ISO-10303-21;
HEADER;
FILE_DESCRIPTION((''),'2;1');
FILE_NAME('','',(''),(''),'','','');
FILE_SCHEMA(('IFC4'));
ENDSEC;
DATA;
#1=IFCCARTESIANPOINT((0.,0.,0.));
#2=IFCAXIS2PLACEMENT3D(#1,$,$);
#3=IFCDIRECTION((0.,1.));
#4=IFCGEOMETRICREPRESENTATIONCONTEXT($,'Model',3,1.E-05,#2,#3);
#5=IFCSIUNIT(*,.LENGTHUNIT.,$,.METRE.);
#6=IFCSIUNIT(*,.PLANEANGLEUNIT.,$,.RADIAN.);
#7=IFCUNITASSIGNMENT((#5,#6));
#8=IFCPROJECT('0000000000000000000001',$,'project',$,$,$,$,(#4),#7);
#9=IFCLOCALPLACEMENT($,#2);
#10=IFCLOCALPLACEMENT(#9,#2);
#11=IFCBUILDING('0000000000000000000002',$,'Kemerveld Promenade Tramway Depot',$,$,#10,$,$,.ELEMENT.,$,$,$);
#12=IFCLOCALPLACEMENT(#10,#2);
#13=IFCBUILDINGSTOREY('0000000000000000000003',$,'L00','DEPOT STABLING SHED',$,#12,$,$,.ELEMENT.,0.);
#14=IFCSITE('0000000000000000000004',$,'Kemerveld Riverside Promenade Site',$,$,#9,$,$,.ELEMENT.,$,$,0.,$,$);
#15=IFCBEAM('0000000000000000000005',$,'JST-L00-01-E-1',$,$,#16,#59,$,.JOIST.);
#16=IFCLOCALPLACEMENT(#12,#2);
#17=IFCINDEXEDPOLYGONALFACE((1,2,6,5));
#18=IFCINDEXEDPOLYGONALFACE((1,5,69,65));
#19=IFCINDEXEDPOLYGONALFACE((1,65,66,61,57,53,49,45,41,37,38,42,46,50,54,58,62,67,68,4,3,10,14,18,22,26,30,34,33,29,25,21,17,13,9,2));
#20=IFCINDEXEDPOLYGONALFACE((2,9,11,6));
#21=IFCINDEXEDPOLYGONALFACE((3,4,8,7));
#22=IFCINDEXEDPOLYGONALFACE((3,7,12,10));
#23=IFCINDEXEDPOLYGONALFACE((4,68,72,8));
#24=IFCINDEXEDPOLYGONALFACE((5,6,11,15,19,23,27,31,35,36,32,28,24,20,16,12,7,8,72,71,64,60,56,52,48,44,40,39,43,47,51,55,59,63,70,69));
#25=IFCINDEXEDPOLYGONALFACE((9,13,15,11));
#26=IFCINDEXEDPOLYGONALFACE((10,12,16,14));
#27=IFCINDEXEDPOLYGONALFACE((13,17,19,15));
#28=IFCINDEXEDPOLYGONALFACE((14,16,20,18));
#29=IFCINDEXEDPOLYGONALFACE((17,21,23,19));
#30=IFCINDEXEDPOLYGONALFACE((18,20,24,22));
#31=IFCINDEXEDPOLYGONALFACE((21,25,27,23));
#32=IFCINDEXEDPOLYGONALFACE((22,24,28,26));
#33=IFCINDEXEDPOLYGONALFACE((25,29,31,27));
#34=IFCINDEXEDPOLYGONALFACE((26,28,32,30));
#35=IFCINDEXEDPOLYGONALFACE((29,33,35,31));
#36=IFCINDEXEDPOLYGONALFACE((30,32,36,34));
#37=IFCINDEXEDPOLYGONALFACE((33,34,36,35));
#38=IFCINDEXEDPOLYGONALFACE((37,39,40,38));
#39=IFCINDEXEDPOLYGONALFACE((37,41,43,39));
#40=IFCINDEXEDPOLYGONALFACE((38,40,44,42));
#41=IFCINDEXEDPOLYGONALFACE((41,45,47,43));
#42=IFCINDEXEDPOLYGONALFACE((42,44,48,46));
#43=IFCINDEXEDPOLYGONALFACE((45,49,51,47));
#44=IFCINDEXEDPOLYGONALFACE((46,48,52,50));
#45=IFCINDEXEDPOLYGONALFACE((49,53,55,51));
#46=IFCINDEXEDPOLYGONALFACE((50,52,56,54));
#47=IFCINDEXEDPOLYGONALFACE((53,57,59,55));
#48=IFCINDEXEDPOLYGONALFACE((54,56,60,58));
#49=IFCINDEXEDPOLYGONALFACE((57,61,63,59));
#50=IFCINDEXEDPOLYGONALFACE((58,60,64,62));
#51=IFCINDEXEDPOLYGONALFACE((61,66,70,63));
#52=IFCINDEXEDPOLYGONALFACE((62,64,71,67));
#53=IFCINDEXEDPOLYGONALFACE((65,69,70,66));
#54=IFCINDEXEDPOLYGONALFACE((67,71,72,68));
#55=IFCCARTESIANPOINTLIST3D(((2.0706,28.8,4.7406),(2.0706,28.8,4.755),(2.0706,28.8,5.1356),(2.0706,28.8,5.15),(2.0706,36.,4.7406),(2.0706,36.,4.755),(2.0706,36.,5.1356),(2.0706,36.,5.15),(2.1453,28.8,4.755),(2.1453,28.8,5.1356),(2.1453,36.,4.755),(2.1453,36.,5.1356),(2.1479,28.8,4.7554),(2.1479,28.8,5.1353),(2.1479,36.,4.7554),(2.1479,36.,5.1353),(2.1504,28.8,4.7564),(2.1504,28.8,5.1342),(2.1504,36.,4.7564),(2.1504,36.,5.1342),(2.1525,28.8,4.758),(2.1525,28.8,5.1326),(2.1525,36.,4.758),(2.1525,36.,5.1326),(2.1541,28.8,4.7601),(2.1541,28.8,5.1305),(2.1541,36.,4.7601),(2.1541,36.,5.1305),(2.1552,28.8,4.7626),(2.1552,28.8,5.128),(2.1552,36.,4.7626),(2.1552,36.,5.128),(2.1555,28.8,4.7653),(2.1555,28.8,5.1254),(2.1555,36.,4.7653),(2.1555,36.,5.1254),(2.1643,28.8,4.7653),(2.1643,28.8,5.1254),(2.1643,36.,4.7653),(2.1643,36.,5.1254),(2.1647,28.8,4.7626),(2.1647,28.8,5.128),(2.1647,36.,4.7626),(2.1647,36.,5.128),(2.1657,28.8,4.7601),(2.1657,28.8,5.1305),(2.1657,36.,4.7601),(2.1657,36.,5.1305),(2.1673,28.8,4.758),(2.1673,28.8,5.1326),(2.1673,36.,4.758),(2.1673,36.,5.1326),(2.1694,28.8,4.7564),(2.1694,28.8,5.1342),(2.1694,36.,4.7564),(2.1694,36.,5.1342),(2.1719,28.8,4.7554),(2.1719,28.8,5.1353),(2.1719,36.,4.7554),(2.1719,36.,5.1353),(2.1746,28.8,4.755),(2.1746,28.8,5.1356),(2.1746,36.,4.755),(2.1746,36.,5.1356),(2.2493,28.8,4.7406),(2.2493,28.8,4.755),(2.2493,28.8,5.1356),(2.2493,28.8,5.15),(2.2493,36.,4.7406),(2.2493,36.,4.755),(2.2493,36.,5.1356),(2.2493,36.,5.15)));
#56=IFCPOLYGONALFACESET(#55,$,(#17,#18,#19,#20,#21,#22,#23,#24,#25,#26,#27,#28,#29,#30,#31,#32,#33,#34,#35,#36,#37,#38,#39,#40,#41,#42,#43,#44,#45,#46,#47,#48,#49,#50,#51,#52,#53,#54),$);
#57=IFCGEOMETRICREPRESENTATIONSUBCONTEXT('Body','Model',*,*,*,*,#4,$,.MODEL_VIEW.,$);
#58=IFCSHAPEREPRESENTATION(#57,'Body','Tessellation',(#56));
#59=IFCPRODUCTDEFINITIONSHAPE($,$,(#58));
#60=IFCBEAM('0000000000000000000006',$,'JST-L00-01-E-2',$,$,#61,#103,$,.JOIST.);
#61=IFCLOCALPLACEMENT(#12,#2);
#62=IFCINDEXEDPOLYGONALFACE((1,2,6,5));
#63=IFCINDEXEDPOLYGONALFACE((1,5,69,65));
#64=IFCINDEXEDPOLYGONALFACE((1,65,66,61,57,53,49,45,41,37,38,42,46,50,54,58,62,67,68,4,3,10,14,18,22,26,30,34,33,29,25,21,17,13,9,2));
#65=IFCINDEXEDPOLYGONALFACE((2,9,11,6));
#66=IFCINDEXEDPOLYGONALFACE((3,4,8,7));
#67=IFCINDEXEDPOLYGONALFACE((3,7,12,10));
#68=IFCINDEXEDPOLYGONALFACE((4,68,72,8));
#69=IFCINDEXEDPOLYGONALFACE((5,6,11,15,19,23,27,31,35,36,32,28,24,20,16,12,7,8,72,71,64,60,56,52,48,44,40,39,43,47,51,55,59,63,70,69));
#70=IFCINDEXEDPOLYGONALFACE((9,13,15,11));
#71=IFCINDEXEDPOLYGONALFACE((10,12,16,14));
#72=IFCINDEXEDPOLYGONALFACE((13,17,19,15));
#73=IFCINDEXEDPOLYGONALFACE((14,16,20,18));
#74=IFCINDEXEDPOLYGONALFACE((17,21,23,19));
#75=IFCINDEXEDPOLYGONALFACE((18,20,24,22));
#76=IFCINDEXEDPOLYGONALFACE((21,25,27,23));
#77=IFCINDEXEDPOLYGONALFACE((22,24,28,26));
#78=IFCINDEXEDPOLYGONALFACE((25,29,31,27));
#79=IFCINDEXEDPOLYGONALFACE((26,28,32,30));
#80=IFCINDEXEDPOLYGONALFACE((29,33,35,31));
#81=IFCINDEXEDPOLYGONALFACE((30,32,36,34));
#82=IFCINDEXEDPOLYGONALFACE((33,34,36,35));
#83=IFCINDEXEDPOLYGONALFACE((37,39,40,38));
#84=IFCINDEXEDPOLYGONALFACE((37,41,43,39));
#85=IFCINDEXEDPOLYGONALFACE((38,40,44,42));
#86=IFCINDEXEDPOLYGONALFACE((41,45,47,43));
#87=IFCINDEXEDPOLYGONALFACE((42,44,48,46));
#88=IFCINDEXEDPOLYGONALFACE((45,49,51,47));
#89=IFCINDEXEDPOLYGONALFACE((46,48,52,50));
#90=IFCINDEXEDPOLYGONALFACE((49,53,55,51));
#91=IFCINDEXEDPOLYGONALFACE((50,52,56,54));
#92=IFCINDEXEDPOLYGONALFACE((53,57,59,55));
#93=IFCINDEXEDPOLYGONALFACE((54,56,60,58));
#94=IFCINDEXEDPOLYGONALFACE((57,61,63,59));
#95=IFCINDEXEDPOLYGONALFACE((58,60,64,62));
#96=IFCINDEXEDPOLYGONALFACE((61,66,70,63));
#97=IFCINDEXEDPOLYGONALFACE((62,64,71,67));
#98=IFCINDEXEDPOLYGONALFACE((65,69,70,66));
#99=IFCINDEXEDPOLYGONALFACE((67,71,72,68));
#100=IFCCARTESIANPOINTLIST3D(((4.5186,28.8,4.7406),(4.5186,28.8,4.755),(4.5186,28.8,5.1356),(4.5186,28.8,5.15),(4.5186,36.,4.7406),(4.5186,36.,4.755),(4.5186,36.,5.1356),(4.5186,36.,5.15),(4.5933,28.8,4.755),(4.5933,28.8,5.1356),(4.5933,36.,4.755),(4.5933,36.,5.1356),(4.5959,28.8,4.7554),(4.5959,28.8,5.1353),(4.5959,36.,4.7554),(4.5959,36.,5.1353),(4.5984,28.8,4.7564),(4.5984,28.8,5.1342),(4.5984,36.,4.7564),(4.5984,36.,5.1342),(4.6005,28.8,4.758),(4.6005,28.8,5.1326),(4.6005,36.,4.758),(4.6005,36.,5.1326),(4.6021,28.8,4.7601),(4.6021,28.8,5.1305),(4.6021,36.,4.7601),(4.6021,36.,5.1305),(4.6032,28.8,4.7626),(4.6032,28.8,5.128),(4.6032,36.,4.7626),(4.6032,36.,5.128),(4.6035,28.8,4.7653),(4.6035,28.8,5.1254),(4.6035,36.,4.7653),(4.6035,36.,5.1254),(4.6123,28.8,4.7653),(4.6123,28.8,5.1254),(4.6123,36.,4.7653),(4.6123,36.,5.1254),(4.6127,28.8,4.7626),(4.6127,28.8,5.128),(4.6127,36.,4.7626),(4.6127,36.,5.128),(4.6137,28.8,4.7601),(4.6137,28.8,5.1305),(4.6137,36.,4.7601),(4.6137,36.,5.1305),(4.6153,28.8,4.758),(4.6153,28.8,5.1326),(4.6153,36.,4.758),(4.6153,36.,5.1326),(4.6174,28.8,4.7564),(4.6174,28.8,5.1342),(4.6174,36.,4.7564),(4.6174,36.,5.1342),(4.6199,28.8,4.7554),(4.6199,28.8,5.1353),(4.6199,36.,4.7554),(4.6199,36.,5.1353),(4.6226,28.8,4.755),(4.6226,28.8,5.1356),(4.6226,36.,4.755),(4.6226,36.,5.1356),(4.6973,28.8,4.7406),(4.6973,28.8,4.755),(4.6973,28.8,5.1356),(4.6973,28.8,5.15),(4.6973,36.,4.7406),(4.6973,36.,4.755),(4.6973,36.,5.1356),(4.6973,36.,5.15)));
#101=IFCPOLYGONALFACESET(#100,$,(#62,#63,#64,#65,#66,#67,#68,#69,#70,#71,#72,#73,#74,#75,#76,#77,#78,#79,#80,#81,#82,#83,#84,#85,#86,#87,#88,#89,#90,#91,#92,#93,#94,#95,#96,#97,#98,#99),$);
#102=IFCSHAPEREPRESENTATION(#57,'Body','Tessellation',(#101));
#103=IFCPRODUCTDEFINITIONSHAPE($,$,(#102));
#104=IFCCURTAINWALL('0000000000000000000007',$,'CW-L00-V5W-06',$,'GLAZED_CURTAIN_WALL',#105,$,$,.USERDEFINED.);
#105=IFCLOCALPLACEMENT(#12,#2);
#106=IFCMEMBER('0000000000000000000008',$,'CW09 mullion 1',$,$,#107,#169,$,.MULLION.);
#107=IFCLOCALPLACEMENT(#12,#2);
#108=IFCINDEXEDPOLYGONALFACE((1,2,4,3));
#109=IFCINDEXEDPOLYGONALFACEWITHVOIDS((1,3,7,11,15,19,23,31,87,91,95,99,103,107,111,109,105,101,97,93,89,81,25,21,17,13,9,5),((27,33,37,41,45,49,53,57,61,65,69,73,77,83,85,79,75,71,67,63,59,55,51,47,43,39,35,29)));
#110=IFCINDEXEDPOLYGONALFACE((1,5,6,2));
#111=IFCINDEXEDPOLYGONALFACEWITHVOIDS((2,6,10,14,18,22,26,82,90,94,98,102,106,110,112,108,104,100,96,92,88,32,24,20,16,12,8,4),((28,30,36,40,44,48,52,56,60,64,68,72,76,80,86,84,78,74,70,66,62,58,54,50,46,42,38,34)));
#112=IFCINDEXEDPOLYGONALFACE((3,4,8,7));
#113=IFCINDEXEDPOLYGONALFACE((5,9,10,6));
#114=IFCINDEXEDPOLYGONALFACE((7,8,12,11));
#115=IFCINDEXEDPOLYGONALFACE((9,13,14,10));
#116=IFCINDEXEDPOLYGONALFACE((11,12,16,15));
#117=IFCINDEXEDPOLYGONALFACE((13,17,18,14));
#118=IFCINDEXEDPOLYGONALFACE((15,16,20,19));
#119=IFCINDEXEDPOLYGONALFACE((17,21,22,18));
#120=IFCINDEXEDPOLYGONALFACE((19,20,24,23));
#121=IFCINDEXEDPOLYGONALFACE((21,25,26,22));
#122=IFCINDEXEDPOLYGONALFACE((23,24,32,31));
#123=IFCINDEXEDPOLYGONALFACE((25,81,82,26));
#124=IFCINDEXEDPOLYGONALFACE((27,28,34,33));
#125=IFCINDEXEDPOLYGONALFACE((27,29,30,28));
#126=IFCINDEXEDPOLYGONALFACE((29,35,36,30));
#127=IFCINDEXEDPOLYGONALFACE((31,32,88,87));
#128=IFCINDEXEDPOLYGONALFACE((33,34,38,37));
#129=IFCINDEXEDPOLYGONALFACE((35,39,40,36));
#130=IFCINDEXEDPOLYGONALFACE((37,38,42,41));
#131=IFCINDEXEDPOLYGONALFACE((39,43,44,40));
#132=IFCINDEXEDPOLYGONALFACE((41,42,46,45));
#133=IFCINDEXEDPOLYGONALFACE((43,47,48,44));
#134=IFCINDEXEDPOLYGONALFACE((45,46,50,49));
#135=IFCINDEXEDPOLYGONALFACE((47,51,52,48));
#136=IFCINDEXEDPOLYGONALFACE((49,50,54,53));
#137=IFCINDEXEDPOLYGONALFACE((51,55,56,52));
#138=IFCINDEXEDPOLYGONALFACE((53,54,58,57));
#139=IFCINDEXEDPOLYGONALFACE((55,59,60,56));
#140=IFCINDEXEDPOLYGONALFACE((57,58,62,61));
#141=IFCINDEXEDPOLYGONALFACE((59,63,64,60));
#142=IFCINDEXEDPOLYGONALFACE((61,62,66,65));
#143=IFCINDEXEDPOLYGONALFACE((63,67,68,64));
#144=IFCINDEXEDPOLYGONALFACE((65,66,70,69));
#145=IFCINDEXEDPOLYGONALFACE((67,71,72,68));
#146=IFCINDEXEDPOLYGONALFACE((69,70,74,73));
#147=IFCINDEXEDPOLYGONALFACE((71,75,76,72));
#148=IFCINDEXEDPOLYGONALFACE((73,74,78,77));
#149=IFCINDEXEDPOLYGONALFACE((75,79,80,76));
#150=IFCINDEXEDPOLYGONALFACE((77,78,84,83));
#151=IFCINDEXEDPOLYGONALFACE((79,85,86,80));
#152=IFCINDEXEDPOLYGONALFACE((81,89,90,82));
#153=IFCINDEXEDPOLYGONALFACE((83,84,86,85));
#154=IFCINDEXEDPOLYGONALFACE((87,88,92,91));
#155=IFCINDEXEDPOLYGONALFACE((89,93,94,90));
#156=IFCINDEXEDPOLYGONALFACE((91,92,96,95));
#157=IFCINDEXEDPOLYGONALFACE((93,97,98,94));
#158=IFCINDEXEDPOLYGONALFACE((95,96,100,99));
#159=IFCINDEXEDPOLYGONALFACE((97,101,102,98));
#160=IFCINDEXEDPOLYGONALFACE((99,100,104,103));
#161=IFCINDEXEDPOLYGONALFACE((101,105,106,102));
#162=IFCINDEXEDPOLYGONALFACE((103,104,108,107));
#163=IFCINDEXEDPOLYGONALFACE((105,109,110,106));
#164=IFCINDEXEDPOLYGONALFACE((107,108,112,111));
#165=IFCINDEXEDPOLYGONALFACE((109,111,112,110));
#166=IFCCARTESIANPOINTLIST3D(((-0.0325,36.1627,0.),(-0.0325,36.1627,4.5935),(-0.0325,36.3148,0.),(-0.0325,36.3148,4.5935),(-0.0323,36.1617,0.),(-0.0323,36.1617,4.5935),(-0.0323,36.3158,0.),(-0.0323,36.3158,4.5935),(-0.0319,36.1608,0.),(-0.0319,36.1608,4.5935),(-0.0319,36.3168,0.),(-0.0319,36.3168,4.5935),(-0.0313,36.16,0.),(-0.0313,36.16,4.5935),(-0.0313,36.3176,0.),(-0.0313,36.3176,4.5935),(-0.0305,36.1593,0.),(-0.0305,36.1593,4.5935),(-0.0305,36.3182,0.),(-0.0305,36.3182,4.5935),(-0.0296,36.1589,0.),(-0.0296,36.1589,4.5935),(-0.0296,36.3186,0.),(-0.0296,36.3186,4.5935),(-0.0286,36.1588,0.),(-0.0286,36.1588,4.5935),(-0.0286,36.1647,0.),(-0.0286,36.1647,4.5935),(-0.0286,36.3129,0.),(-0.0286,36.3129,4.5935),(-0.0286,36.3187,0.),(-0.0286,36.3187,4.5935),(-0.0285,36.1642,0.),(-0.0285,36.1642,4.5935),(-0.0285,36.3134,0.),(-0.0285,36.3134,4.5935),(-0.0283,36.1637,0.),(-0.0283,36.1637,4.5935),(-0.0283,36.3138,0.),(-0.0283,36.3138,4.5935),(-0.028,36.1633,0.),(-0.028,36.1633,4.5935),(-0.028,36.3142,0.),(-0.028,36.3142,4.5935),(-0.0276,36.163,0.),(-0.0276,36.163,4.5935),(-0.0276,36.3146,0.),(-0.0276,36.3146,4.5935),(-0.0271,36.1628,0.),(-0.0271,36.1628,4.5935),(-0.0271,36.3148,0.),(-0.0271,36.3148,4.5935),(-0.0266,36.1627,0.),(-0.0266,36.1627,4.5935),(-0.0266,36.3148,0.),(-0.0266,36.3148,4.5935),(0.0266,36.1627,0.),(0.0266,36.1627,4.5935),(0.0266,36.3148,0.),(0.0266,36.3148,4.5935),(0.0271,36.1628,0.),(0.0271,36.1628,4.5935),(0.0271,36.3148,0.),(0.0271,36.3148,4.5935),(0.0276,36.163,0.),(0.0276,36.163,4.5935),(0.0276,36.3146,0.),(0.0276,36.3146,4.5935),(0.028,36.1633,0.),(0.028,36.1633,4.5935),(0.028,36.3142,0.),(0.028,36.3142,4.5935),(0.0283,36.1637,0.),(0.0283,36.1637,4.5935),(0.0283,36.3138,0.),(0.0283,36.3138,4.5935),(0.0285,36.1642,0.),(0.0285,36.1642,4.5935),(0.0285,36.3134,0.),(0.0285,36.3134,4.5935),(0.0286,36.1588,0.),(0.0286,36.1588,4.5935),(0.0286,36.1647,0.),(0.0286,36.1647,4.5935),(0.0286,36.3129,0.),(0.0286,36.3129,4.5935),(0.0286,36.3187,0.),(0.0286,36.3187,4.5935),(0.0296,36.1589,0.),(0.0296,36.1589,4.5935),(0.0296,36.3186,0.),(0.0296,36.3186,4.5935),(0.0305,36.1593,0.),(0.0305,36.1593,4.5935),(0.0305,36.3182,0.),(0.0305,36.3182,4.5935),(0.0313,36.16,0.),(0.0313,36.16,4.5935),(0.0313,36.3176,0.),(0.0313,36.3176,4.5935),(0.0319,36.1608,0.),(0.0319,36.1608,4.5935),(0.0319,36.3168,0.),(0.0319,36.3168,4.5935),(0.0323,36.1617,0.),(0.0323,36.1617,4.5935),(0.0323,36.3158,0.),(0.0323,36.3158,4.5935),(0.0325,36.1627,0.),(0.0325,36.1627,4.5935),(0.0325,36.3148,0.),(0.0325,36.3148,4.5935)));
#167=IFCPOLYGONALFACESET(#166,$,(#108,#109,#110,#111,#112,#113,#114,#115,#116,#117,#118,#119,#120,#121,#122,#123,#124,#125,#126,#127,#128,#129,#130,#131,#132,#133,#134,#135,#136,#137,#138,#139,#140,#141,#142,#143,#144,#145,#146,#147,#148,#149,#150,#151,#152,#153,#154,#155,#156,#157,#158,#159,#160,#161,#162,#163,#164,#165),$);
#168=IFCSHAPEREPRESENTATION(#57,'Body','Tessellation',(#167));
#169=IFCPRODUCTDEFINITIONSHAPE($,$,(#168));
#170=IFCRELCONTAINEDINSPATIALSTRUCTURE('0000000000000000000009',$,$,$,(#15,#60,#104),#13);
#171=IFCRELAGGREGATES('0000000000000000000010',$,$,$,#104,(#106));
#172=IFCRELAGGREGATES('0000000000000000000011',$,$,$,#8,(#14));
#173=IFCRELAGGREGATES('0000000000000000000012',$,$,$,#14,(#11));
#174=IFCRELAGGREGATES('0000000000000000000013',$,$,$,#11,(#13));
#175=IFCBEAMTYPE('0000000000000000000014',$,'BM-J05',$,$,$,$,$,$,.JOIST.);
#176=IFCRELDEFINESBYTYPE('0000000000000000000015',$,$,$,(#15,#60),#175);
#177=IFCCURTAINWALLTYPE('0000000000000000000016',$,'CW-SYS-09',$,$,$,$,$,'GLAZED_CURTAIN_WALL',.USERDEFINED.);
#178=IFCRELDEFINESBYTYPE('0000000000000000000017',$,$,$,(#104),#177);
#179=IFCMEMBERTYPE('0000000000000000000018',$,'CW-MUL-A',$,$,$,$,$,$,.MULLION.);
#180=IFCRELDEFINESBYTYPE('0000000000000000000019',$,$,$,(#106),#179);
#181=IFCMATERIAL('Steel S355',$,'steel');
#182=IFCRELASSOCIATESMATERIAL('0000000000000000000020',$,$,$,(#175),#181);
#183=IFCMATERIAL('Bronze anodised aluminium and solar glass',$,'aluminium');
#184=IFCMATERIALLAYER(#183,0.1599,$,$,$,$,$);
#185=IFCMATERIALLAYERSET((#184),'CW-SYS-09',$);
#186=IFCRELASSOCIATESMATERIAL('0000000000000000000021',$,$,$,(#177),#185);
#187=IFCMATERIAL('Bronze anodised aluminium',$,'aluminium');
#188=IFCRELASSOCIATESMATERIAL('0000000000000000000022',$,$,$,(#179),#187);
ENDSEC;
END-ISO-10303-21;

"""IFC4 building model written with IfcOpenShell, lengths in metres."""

from ifc_helpers import new_model, si_unit, direction, frame, origin, origin_2d, place, context, subcontext, project, spatial, hollow_rectangle, i_section, extrude, material, layer, layer_set, material_profile, profile_set, type_object, element, aggregate, save


model = new_model("IFC4")

# Units and contexts
model_context = context("Model", 3, precision=1e-05, world=origin(), true_north=direction((0.0, 1.0)))
body_context = subcontext(model_context, "Body", "Model", "MODEL_VIEW")
ifc_project = project(units=[si_unit("LENGTHUNIT", "METRE"), si_unit("PLANEANGLEUNIT", "RADIAN")], contexts=[model_context])

# Site, building, storey
site_placement = place(None, origin())
site = spatial("IfcSite", under=ifc_project, at=site_placement, Name="Kemerveld Riverside Promenade Site", CompositionType="ELEMENT", RefElevation=0.0)
building_placement = place(site_placement, origin())
building = spatial("IfcBuilding", under=site, at=building_placement, Name="Kemerveld Promenade Tramway Depot", CompositionType="ELEMENT")
storey_placement = place(building_placement, origin())
storey = spatial("IfcBuildingStorey", under=building, at=storey_placement, Name="L00", Description="DEPOT STABLING SHED", CompositionType="ELEMENT", Elevation=0.0)

# Shared definitions
ifc_material_1 = material(Name="Steel S355", Category="steel")

# Beams
ifc_material_profile_1 = material_profile(ifc_material_1, i_section(OverallWidth=0.1787, OverallDepth=0.4094, WebThickness=0.0088, FlangeThickness=0.0144, FilletRadius=0.0103, at=origin_2d()), Name="406x178x67 UB")
ifc_profile_set_1 = profile_set([ifc_material_profile_1], Name="Steel S355")
beam_type_1 = type_object("IfcBeamType", Name="BM-J05", PredefinedType="JOIST", material=ifc_profile_set_1)
for number, where, z_axis, x_axis, name in (
    (1, (2.1599, 28.8, 4.9453), (0.0, 1.0, 0.0), (-1.0, 0.0, 0.0), "JST-L00-01-E-1"),
    (2, (4.6079, 28.8, 4.9453), (0.0, 1.0, 0.0), (-1.0, 0.0, 0.0), "JST-L00-01-E-2"),
):
    element("IfcBeam", number, at=place(storey_placement, frame(where, z_axis=z_axis, x_axis=x_axis)), inside=storey, type_object=beam_type_1, Name=name, PredefinedType="JOIST", context=body_context, shape_type="SweptSolid", body=[
        extrude(i_section(OverallWidth=0.1787, OverallDepth=0.4094, WebThickness=0.0088, FlangeThickness=0.0144, FilletRadius=0.0103, at=origin_2d()), origin(), (0.0, 0.0, 1.0), 7.2),
    ])

# Curtain wall, member
ifc_material_2 = material(Name="Bronze anodised aluminium and solar glass", Category="aluminium")
ifc_layer_1 = layer(ifc_material_2, 0.1599)
ifc_layer_set_1 = layer_set([ifc_layer_1], Name="CW-SYS-09")
curtain_wall_type = type_object("IfcCurtainWallType", Name="CW-SYS-09", ElementType="GLAZED_CURTAIN_WALL", PredefinedType="USERDEFINED", material=ifc_layer_set_1)
curtain_wall_placement = place(storey_placement, origin())
curtain_wall = element("IfcCurtainWall", 3, at=curtain_wall_placement, inside=storey, type_object=curtain_wall_type, Name="CW-L00-V5W-06", ObjectType="GLAZED_CURTAIN_WALL", PredefinedType="USERDEFINED")
ifc_material_3 = material(Name="Bronze anodised aluminium", Category="aluminium")
ifc_material_profile_2 = material_profile(ifc_material_3, hollow_rectangle(XDim=0.0649, YDim=0.1599, WallThickness=0.0039, InnerFilletRadius=0.002, OuterFilletRadius=0.0039, at=origin_2d()), Name="CW-MUL-160x65")
ifc_profile_set_2 = profile_set([ifc_material_profile_2], Name="Bronze anodised aluminium")
member_type_1 = type_object("IfcMemberType", Name="CW-MUL-A", PredefinedType="MULLION", material=ifc_profile_set_2)
member_1_placement = place(storey_placement, frame((0.0, 36.2388, 0.0), z_axis=(0.0, 0.0, 1.0), x_axis=(-1.0, 0.0, 0.0)))
member_1 = element("IfcMember", 4, at=member_1_placement, type_object=member_type_1, Name="CW09 mullion 1", PredefinedType="MULLION", context=body_context, shape_type="SweptSolid", body=[
    extrude(hollow_rectangle(XDim=0.0649, YDim=0.1599, WallThickness=0.0039, InnerFilletRadius=0.002, OuterFilletRadius=0.0039, at=origin_2d()), origin(), (0.0, 0.0, 1.0), 4.5935),
])
aggregate(curtain_wall, [member_1])

save(model, "model.ifc")
